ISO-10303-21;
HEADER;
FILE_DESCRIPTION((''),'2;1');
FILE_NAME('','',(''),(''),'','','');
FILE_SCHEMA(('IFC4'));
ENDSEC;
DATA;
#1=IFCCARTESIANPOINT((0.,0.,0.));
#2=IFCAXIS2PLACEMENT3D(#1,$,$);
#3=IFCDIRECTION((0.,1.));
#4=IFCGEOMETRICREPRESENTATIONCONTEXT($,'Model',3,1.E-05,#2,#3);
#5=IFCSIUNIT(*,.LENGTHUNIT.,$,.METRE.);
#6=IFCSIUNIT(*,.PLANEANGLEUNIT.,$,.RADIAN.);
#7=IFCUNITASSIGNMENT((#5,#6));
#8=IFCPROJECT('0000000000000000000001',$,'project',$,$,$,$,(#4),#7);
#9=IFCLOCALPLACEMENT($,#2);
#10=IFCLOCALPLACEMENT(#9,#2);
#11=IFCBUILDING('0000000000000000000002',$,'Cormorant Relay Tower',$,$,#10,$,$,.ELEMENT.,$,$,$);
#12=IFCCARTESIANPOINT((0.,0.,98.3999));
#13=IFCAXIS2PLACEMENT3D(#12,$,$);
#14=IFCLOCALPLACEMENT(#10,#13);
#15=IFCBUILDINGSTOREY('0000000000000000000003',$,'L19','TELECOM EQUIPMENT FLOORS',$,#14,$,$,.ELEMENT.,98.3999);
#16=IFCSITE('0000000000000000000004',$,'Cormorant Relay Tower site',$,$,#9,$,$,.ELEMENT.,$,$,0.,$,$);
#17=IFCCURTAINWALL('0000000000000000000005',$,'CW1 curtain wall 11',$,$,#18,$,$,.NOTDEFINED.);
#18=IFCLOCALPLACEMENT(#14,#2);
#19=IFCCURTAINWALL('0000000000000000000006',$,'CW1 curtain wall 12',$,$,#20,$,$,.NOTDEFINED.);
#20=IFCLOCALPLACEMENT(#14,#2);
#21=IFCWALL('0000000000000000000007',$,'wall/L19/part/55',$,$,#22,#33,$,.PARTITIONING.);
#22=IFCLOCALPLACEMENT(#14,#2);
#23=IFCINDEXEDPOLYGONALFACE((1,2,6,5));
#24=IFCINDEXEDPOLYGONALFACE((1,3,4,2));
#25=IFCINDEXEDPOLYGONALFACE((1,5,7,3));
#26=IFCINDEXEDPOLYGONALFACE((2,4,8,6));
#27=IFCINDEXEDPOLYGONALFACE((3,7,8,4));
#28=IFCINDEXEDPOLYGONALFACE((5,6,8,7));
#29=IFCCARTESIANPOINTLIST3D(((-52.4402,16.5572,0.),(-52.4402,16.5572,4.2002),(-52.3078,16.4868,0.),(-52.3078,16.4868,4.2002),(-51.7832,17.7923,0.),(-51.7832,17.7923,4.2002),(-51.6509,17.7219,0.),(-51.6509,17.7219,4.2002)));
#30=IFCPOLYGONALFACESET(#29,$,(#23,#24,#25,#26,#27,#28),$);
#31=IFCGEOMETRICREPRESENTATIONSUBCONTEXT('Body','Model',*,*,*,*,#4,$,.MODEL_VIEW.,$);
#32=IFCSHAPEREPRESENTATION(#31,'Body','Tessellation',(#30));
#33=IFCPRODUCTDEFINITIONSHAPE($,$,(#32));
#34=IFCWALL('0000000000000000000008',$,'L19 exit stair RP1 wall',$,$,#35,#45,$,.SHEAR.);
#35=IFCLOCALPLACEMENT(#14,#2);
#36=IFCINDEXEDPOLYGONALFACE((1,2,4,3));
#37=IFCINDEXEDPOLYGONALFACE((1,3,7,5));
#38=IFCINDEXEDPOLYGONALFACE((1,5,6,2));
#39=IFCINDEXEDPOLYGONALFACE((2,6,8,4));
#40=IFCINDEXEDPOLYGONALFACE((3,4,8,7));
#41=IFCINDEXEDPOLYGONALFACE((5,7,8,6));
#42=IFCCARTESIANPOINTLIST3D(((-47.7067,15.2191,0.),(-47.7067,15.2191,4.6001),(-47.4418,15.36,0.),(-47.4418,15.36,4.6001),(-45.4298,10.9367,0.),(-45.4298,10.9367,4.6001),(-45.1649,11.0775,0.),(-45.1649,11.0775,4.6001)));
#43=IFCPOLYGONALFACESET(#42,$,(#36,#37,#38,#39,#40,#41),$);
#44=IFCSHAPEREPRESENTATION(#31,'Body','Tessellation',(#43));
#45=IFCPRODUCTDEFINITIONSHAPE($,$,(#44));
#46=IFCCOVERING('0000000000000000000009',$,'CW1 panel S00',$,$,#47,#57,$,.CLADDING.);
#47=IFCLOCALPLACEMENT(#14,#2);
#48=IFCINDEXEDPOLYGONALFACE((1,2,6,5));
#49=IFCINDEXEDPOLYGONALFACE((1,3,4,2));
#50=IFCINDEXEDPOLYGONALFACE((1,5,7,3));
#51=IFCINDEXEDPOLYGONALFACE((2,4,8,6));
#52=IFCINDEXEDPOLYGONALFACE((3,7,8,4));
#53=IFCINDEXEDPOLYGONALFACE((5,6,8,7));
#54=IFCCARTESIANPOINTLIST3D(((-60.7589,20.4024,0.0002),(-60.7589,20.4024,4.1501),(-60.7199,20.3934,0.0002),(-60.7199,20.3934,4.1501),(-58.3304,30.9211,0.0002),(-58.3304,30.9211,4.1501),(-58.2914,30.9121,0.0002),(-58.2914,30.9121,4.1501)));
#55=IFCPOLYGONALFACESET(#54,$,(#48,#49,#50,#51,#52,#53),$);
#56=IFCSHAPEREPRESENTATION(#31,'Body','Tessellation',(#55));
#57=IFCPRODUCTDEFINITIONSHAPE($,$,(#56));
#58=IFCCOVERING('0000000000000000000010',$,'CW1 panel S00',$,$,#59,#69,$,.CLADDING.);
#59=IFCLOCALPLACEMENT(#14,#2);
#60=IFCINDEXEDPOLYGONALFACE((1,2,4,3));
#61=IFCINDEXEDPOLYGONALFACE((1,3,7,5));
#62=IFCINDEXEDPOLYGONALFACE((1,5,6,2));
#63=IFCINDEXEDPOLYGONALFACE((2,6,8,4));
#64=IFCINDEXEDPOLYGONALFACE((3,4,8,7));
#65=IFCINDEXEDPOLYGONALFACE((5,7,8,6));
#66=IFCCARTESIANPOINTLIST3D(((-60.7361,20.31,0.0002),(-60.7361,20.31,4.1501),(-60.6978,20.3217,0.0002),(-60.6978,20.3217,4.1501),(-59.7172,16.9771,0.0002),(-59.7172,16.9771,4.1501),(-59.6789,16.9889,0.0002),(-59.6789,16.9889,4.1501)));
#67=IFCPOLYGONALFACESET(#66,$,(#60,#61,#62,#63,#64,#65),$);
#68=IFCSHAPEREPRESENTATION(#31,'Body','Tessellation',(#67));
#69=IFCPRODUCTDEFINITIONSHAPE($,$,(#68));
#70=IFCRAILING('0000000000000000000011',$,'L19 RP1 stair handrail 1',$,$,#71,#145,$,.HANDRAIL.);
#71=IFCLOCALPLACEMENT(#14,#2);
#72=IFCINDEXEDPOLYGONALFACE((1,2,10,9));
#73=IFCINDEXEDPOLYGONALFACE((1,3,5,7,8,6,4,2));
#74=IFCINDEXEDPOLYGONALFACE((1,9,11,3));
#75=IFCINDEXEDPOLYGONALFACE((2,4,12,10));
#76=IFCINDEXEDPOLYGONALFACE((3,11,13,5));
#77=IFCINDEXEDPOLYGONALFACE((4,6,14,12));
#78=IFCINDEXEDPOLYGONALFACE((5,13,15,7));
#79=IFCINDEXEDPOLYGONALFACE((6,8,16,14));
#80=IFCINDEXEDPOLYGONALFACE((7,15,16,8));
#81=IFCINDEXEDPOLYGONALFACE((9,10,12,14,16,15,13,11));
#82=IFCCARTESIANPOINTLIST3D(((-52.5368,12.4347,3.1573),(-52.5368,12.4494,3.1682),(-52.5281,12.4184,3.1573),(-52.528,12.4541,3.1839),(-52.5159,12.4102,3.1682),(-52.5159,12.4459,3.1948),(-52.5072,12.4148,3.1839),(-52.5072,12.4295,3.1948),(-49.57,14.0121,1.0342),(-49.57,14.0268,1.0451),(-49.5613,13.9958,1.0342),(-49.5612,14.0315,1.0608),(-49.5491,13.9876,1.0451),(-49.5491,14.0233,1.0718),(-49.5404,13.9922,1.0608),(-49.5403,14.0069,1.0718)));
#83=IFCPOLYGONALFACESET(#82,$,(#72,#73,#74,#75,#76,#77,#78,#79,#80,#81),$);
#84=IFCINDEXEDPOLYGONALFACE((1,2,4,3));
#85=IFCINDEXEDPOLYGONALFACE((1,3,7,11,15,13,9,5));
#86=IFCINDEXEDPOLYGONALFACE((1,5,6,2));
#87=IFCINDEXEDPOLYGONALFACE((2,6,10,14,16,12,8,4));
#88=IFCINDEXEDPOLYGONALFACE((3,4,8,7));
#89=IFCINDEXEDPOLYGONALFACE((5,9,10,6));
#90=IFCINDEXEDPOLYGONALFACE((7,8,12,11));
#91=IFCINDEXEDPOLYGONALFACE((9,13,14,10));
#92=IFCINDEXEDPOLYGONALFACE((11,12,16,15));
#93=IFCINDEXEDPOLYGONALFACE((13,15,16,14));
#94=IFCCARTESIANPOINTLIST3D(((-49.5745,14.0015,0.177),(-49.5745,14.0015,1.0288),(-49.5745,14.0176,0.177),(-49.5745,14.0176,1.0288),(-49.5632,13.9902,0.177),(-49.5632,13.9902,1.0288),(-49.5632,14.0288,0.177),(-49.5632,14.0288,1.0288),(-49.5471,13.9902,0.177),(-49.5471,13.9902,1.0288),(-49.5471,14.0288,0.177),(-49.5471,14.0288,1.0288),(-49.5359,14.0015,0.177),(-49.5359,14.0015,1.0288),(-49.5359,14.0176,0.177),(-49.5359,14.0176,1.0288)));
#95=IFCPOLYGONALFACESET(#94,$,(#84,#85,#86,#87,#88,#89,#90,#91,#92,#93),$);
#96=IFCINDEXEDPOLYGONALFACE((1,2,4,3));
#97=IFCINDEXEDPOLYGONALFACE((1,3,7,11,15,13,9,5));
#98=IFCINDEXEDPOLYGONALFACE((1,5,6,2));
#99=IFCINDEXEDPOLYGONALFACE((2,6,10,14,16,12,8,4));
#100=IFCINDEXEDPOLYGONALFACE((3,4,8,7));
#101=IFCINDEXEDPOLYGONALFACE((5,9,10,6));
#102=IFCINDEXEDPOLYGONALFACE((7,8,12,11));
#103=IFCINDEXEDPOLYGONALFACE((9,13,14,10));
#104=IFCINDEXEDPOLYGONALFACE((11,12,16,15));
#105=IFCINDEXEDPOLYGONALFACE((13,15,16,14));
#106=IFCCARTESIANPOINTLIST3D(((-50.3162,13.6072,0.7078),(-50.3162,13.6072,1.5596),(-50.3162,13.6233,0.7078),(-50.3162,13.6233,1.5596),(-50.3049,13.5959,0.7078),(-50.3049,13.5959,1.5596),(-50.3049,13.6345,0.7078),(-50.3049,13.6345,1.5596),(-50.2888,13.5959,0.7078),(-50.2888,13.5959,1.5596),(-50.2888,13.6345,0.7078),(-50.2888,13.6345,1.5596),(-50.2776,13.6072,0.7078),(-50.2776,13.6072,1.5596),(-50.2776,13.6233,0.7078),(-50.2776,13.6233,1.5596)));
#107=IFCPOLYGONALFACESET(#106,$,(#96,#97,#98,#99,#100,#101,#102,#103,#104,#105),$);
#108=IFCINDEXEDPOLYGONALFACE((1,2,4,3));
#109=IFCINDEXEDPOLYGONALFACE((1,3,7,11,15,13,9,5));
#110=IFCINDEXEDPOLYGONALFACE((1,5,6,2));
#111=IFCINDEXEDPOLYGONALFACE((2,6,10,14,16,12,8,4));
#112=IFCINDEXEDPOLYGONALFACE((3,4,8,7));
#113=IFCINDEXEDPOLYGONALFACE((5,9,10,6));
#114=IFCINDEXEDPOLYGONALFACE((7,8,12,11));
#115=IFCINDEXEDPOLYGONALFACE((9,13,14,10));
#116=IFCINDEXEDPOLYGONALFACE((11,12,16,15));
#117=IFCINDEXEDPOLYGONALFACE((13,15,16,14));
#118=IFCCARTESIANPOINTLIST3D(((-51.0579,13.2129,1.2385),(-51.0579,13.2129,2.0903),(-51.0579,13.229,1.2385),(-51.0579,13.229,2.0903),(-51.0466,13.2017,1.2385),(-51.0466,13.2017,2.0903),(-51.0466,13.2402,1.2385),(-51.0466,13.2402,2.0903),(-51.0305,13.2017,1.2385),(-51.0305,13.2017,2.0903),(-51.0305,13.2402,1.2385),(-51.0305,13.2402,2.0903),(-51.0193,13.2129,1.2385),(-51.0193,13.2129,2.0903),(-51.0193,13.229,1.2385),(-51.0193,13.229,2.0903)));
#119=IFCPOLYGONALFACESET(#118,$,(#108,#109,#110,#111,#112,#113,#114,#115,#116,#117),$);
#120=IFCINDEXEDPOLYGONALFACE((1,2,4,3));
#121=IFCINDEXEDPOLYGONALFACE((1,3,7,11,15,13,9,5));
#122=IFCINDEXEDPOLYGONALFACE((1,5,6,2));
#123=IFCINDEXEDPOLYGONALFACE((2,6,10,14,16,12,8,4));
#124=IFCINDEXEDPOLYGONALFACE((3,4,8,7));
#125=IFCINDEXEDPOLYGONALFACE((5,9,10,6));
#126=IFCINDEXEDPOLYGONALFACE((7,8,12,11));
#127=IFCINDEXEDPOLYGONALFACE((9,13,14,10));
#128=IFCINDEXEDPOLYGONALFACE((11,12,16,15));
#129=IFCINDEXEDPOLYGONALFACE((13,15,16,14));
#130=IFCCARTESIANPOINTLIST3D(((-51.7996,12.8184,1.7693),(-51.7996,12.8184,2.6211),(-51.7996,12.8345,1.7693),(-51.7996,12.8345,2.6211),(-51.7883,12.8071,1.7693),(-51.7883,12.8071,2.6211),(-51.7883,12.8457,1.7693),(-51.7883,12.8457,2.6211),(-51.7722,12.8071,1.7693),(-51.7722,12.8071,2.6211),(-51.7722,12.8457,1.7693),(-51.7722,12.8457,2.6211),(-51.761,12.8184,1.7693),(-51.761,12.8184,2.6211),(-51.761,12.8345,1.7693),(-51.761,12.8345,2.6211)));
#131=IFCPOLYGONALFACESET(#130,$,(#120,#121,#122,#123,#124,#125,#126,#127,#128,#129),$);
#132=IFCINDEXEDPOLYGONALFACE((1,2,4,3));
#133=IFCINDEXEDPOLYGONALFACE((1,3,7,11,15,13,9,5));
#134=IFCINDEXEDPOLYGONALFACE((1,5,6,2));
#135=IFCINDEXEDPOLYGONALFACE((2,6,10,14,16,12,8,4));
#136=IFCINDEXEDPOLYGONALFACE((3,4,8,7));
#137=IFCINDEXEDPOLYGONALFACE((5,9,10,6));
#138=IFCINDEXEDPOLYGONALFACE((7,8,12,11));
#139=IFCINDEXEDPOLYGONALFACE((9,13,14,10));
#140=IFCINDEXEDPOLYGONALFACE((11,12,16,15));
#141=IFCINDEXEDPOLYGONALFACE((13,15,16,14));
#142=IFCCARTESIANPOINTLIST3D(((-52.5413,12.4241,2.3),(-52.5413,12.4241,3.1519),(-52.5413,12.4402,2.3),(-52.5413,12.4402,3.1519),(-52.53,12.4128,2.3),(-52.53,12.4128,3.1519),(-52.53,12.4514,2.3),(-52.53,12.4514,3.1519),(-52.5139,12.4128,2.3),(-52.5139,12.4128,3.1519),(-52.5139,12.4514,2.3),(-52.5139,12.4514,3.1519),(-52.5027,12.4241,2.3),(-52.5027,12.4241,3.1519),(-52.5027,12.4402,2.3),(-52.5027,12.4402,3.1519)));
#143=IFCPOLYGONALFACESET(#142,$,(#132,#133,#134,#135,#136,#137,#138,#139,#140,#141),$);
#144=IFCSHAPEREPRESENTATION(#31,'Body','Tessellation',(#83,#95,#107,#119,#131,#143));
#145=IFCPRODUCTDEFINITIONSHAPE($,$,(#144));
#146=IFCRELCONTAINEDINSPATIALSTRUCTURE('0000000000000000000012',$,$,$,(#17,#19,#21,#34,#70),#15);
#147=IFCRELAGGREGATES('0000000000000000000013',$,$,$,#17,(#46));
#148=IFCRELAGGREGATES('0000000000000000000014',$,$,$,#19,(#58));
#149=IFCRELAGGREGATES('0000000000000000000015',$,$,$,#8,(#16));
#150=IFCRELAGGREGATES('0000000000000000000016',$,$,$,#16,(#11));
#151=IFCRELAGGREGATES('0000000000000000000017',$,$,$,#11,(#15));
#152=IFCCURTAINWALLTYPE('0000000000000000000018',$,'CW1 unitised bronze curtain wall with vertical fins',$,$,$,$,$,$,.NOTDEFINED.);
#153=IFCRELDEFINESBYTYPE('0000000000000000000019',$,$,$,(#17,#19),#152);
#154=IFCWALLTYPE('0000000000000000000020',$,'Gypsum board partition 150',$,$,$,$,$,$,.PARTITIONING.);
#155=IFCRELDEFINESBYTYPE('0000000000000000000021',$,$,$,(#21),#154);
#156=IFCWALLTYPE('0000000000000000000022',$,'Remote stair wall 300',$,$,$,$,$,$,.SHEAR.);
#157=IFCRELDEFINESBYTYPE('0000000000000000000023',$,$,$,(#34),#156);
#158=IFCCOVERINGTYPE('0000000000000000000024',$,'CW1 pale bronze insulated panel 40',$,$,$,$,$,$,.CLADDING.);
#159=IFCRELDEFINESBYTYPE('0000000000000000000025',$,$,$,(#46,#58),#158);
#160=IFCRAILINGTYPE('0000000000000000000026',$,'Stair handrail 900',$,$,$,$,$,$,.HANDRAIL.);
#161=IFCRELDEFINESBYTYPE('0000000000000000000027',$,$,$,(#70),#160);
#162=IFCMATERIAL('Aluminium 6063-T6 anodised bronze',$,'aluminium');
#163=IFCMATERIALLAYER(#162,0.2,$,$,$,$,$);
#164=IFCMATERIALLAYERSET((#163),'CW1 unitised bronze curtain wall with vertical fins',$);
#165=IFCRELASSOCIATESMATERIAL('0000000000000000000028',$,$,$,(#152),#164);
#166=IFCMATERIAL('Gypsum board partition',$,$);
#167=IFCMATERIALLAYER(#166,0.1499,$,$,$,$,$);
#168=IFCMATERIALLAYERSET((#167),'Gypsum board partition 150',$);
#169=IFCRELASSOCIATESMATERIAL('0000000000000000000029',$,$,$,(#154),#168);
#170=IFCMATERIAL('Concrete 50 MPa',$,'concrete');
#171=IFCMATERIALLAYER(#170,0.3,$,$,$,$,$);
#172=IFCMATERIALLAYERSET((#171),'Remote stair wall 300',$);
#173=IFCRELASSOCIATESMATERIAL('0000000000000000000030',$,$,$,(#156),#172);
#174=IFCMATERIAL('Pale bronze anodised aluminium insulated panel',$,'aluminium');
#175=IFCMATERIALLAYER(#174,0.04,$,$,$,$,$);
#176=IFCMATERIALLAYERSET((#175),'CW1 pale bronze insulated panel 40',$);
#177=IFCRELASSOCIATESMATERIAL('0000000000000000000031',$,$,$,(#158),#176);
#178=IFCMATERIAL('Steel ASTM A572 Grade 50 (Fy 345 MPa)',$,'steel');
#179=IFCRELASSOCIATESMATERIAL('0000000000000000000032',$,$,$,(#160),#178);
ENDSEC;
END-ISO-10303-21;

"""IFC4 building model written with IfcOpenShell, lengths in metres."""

from ifc_helpers import new_model, si_unit, direction, frame, frame_2d, origin, origin_2d, place, context, subcontext, project, spatial, polyline, rectangle, outline, extrude, material, layer, layer_set, type_object, element, aggregate, save


model = new_model("IFC4")

# Units and contexts
model_context = context("Model", 3, precision=1e-05, world=origin(), true_north=direction((0.0, 1.0)))
body_context = subcontext(model_context, "Body", "Model", "MODEL_VIEW")
ifc_project = project(units=[si_unit("LENGTHUNIT", "METRE"), si_unit("PLANEANGLEUNIT", "RADIAN")], contexts=[model_context])

# Site, building, storey
site_placement = place(None, origin())
site = spatial("IfcSite", under=ifc_project, at=site_placement, Name="Cormorant Relay Tower site", CompositionType="ELEMENT", RefElevation=0.0)
building_placement = place(site_placement, origin())
building = spatial("IfcBuilding", under=site, at=building_placement, Name="Cormorant Relay Tower", CompositionType="ELEMENT")
storey_placement = place(building_placement, frame((0.0, 0.0, 98.3999)))
storey = spatial("IfcBuildingStorey", under=building, at=storey_placement, Name="L19", Description="TELECOM EQUIPMENT FLOORS", CompositionType="ELEMENT", Elevation=98.3999)

# Curtain wall
ifc_material_1 = material(Name="Aluminium 6063-T6 anodised bronze", Category="aluminium")
ifc_layer_1 = layer(ifc_material_1, 0.2)
ifc_layer_set_1 = layer_set([ifc_layer_1], Name="CW1 unitised bronze curtain wall with vertical fins")
curtain_wall_type = type_object("IfcCurtainWallType", Name="CW1 unitised bronze curtain wall with vertical fins", PredefinedType="NOTDEFINED", material=ifc_layer_set_1)
curtain_wall_1_placement = place(storey_placement, origin())
curtain_wall_1 = element("IfcCurtainWall", 1, at=curtain_wall_1_placement, inside=storey, type_object=curtain_wall_type, Name="CW1 curtain wall 11", PredefinedType="NOTDEFINED")

# Curtain wall
curtain_wall_2_placement = place(storey_placement, origin())
curtain_wall_2 = element("IfcCurtainWall", 2, at=curtain_wall_2_placement, inside=storey, type_object=curtain_wall_type, Name="CW1 curtain wall 12", PredefinedType="NOTDEFINED")

# Shared definitions
ifc_material_2 = material(Name="Gypsum board partition")
ifc_layer_2 = layer(ifc_material_2, 0.1499)
ifc_layer_set_2 = layer_set([ifc_layer_2], Name="Gypsum board partition 150")
wall_type_1 = type_object("IfcWallType", Name="Gypsum board partition 150", PredefinedType="PARTITIONING", material=ifc_layer_set_2)

# Walls
wall_1_placement = place(storey_placement, frame((-51.717, 17.7571, 0.0), z_axis=(0.0, 0.0, 1.0), x_axis=(-0.469619, -0.882869, 0.0)))
element("IfcWall", 3, at=wall_1_placement, inside=storey, type_object=wall_type_1, Name="wall/L19/part/55", PredefinedType="PARTITIONING", context=body_context, shape_type="SweptSolid", body=[
    extrude(rectangle(XDim=1.3989, YDim=0.1499, at=frame_2d((0.6995, 0.0))), origin(), (0.0, 0.0, 1.0), 4.2002),
])
ifc_material_3 = material(Name="Concrete 50 MPa", Category="concrete")
ifc_layer_3 = layer(ifc_material_3, 0.3)
ifc_layer_set_3 = layer_set([ifc_layer_3], Name="Remote stair wall 300")
wall_type_2 = type_object("IfcWallType", Name="Remote stair wall 300", PredefinedType="SHEAR", material=ifc_layer_set_3)
wall_2_placement = place(storey_placement, frame((-47.5742, 15.2896, 0.0), z_axis=(0.0, 0.0, 1.0), x_axis=(0.469443, -0.882963, 0.0)))
element("IfcWall", 4, at=wall_2_placement, inside=storey, type_object=wall_type_2, Name="L19 exit stair RP1 wall", PredefinedType="SHEAR", context=body_context, shape_type="SweptSolid", body=[
    extrude(rectangle(XDim=4.8501, YDim=0.3, at=frame_2d((2.425, 0.0))), origin(), (0.0, 0.0, 1.0), 4.6001),
])

# Coverings
ifc_material_4 = material(Name="Pale bronze anodised aluminium insulated panel", Category="aluminium")
ifc_layer_4 = layer(ifc_material_4, 0.04)
ifc_layer_set_4 = layer_set([ifc_layer_4], Name="CW1 pale bronze insulated panel 40")
covering_type = type_object("IfcCoveringType", Name="CW1 pale bronze insulated panel 40", PredefinedType="CLADDING", material=ifc_layer_set_4)
covering_1_placement = place(storey_placement, frame((-59.5251, 25.6572, 0.0002), z_axis=(0.0, 0.0, 1.0), x_axis=(-0.224951, -0.97437, 0.0)))
covering_1 = element("IfcCovering", 5, at=covering_1_placement, type_object=covering_type, Name="CW1 panel S00", PredefinedType="CLADDING", context=body_context, shape_type="SweptSolid", body=[
    extrude(rectangle(XDim=10.7954, YDim=0.04, at=origin_2d()), origin(), (0.0, 0.0, 1.0), 4.1499),
])
aggregate(curtain_wall_1, [covering_1])
covering_2_placement = place(storey_placement, frame((-60.2075, 18.6494, 0.0002), z_axis=(0.0, 0.0, 1.0), x_axis=(0.292372, -0.956305, 0.0)))
covering_2 = element("IfcCovering", 6, at=covering_2_placement, type_object=covering_type, Name="CW1 panel S00", PredefinedType="CLADDING", context=body_context, shape_type="SweptSolid", body=[
    extrude(rectangle(XDim=3.4851, YDim=0.04, at=origin_2d()), origin(), (0.0, 0.0, 1.0), 4.1499),
])
aggregate(curtain_wall_2, [covering_2])

# Railing
ifc_material_5 = material(Name="Steel ASTM A572 Grade 50 (Fy 345 MPa)", Category="steel")
railing_type = type_object("IfcRailingType", Name="Stair handrail 900", PredefinedType="HANDRAIL", material=ifc_material_5)
railing_placement = place(storey_placement, frame((-49.5552, 14.0095, 0.177)))
element("IfcRailing", 7, at=railing_placement, inside=storey, type_object=railing_type, Name="L19 RP1 stair handrail 1", PredefinedType="HANDRAIL", context=body_context, shape_type="SweptSolid", body=[
    extrude(outline(polyline([(0.0222, 0.0093), (0.0093, 0.0222), (-0.0093, 0.0222), (-0.0222, 0.0093), (-0.0222, -0.0093), (-0.0093, -0.0222), (0.0093, -0.0222), (0.0222, -0.0093), (0.0222, 0.0093)])), frame((0.0, 0.0, 0.876), z_axis=(-0.746441, -0.396869, 0.534155), x_axis=(0.469453, -0.882958, 0.0)), (0.0, 0.0, 1.0), 3.9746),
    extrude(outline(polyline([(0.0193, 0.0081), (0.0081, 0.0193), (-0.0081, 0.0193), (-0.0193, 0.0081), (-0.0193, -0.0081), (-0.0081, -0.0193), (0.0081, -0.0193), (0.0193, -0.0081), (0.0193, 0.0081)])), origin(), (0.0, 0.0, 1.0), 0.8518),
    extrude(outline(polyline([(0.0193, 0.0081), (0.0081, 0.0193), (-0.0081, 0.0193), (-0.0193, 0.0081), (-0.0193, -0.0081), (-0.0081, -0.0193), (0.0081, -0.0193), (0.0193, -0.0081), (0.0193, 0.0081)])), frame((-0.7417, -0.3943, 0.5308)), (0.0, 0.0, 1.0), 0.8518),
    extrude(outline(polyline([(0.0193, 0.0081), (0.0081, 0.0193), (-0.0081, 0.0193), (-0.0193, 0.0081), (-0.0193, -0.0081), (-0.0081, -0.0193), (0.0081, -0.0193), (0.0193, -0.0081), (0.0193, 0.0081)])), frame((-1.4834, -0.7886, 1.0615)), (0.0, 0.0, 1.0), 0.8518),
    extrude(outline(polyline([(0.0193, 0.0081), (0.0081, 0.0193), (-0.0081, 0.0193), (-0.0193, 0.0081), (-0.0193, -0.0081), (-0.0081, -0.0193), (0.0081, -0.0193), (0.0193, -0.0081), (0.0193, 0.0081)])), frame((-2.2251, -1.1831, 1.5923)), (0.0, 0.0, 1.0), 0.8518),
    extrude(outline(polyline([(0.0193, 0.0081), (0.0081, 0.0193), (-0.0081, 0.0193), (-0.0193, 0.0081), (-0.0193, -0.0081), (-0.0081, -0.0193), (0.0081, -0.0193), (0.0193, -0.0081), (0.0193, 0.0081)])), frame((-2.9668, -1.5774, 2.123)), (0.0, 0.0, 1.0), 0.8518),
])

save(model, "model.ifc")
